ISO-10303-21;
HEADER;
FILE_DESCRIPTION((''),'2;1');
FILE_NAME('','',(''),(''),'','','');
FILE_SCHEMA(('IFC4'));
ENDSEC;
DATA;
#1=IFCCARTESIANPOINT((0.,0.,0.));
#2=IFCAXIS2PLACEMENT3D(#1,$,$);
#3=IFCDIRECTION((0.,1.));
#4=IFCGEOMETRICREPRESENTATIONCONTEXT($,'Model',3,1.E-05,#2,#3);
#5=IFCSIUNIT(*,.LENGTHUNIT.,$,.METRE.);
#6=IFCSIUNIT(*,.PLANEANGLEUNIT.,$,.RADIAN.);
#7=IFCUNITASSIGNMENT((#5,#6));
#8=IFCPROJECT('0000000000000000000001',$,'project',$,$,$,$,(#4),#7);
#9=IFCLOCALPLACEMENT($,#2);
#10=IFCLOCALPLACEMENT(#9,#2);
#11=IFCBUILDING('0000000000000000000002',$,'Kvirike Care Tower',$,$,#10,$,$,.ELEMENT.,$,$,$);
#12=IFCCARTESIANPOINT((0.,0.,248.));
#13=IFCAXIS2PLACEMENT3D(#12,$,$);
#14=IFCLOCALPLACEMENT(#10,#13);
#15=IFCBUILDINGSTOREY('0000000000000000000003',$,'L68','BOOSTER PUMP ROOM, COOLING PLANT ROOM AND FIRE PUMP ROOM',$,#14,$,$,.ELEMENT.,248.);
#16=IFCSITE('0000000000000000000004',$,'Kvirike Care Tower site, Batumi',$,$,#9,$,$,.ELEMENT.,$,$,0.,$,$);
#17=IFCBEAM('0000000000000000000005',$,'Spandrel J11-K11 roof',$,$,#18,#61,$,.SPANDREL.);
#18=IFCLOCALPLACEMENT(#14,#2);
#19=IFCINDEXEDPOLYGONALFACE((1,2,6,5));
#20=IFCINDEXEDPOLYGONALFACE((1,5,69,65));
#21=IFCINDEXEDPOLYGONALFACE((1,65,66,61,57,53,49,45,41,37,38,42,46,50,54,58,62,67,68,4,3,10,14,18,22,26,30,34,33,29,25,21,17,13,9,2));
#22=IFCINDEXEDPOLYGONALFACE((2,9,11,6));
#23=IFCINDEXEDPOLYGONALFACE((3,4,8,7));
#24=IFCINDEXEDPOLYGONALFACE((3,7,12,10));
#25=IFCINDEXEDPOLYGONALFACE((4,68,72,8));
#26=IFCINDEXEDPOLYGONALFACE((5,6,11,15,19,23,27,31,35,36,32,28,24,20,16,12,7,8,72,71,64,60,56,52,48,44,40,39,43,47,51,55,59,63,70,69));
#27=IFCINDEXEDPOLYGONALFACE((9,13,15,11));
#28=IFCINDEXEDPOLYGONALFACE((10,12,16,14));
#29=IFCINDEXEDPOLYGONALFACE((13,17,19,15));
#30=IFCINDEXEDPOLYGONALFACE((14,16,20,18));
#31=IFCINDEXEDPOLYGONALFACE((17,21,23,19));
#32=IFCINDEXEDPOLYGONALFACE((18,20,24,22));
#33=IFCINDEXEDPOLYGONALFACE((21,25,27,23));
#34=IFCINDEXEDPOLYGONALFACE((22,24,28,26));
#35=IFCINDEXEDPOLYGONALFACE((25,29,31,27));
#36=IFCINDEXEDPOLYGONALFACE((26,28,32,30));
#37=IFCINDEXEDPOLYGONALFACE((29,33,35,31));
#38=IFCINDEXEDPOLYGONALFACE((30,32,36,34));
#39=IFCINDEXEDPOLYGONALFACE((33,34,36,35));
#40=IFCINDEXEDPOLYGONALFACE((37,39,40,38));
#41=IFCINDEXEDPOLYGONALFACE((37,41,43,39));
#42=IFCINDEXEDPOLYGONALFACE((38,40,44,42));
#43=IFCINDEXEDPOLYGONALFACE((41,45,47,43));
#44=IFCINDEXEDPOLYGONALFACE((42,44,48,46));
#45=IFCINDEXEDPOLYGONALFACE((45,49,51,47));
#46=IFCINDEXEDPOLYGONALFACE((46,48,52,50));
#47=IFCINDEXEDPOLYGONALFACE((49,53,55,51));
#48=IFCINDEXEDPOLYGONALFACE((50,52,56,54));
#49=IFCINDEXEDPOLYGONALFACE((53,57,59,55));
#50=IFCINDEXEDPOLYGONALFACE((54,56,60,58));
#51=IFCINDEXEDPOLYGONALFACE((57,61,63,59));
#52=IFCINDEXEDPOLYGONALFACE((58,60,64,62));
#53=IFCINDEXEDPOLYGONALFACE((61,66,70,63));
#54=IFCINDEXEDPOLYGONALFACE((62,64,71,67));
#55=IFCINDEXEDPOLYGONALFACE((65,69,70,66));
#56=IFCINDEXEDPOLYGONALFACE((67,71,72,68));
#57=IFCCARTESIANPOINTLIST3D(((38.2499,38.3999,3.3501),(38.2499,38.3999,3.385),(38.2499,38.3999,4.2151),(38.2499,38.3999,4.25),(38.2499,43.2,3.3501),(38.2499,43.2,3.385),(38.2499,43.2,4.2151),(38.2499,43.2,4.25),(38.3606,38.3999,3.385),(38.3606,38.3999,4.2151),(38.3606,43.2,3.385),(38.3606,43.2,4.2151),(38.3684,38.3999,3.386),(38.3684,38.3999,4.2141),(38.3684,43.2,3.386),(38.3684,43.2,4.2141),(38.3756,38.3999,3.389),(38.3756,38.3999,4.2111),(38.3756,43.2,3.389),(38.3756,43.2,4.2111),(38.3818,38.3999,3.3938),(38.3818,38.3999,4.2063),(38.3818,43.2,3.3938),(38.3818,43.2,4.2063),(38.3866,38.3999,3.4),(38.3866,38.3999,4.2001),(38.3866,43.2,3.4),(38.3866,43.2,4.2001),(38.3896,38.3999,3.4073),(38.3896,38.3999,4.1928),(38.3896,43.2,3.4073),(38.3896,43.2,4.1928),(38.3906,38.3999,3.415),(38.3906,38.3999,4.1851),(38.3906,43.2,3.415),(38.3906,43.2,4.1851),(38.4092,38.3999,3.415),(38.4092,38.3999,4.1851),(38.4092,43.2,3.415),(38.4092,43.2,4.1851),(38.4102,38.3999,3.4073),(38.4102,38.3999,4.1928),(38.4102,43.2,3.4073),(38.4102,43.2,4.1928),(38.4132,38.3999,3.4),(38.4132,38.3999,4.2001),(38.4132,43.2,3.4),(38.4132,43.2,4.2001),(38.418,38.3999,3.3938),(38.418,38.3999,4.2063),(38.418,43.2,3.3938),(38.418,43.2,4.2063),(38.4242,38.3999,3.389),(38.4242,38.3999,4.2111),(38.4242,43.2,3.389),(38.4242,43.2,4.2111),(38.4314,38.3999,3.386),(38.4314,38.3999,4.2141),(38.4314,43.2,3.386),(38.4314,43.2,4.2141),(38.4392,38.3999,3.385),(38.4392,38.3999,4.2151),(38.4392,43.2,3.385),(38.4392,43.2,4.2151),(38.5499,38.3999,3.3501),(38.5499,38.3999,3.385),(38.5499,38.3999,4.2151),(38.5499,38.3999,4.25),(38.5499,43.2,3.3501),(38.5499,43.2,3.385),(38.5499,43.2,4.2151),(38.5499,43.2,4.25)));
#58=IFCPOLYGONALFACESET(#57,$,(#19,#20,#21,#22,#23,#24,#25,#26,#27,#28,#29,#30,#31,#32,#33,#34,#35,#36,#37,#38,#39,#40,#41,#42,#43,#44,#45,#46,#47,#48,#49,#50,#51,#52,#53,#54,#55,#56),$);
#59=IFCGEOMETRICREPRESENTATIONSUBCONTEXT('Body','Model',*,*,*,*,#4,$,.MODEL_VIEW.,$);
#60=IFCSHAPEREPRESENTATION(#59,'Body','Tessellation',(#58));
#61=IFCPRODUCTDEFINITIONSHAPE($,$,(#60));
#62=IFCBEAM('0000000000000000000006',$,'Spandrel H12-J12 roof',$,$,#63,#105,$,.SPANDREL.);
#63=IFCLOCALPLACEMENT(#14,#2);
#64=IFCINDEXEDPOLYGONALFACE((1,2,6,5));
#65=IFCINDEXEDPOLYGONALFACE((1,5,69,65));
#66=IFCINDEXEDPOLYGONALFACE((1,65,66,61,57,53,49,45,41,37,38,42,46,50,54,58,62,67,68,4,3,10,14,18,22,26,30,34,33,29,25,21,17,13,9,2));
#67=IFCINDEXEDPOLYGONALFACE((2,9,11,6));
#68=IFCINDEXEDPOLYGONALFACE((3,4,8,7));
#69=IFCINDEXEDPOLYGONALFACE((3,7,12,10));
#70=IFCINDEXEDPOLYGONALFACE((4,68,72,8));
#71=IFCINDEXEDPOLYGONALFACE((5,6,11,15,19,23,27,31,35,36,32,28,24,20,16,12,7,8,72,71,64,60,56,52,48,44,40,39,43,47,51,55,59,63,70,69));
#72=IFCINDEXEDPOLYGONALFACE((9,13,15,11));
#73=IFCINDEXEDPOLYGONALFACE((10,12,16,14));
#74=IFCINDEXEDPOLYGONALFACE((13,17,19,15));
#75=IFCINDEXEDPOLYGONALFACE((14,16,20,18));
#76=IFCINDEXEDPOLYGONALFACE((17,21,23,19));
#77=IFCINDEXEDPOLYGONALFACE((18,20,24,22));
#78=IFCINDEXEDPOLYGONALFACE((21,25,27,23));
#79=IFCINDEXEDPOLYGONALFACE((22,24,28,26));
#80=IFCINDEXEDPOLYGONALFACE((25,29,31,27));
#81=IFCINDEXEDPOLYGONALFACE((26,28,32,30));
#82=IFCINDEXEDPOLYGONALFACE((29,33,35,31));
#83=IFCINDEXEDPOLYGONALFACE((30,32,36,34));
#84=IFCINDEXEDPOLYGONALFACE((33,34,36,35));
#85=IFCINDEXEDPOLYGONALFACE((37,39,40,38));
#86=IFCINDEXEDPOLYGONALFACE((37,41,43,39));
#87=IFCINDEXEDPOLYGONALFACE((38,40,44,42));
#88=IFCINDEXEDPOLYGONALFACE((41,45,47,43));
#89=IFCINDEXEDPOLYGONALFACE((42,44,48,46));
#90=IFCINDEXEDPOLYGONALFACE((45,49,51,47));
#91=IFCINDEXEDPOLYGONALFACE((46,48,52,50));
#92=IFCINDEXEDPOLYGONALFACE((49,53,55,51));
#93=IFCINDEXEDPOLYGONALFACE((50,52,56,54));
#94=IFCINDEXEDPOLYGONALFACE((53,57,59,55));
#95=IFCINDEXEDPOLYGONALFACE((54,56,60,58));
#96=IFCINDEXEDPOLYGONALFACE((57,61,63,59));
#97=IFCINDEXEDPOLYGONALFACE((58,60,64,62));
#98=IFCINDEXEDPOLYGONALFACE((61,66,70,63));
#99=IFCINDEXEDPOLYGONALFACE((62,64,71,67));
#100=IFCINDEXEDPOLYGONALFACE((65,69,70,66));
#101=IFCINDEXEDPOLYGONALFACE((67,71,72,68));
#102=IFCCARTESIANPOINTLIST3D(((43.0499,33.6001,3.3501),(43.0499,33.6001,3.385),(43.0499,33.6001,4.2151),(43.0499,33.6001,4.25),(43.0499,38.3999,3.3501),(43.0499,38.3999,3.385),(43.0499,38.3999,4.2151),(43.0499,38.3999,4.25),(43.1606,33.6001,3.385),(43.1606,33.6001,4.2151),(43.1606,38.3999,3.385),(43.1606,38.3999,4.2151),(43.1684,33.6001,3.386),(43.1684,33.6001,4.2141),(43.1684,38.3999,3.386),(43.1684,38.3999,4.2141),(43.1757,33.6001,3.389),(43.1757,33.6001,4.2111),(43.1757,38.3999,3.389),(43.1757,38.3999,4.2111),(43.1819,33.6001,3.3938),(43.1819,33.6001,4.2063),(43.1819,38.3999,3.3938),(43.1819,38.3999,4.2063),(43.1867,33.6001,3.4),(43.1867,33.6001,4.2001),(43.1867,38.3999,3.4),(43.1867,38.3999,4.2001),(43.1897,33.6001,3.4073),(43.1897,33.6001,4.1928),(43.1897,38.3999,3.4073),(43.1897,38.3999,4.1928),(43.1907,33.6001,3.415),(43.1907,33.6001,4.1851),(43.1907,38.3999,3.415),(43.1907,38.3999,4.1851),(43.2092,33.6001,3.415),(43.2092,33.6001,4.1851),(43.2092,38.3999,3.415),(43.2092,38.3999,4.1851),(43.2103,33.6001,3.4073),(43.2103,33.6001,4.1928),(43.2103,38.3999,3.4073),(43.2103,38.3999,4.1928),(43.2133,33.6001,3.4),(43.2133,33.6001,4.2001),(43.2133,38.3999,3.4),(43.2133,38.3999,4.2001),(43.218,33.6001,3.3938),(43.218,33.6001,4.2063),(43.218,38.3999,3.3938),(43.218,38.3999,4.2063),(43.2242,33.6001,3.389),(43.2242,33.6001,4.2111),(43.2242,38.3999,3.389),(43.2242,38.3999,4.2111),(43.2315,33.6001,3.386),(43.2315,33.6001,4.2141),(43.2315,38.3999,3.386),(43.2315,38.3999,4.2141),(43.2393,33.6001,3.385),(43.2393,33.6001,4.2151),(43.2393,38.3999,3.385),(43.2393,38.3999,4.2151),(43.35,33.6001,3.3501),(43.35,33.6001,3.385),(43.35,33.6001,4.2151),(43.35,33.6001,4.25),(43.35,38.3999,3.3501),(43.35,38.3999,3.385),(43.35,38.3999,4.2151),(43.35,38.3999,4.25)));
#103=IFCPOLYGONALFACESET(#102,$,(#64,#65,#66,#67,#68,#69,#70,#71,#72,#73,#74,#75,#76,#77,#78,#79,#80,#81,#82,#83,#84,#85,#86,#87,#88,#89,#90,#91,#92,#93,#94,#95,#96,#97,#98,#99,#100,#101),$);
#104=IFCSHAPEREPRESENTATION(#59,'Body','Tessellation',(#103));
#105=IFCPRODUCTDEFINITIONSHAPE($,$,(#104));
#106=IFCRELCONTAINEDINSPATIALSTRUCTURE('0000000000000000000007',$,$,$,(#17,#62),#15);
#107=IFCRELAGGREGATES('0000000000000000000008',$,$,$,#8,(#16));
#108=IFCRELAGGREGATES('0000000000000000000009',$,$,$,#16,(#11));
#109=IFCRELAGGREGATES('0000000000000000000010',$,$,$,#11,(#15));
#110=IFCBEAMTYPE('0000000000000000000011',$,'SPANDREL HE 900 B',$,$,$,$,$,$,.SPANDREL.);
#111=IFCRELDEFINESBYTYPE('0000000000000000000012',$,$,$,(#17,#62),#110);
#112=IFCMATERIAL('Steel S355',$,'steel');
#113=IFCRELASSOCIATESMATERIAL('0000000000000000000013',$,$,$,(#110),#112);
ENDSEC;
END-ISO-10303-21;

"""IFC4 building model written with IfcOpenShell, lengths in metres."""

from ifc_helpers import new_model, si_unit, direction, frame, origin, origin_2d, place, context, subcontext, project, spatial, i_section, extrude, material, material_profile, profile_set, type_object, element, save


model = new_model("IFC4")

# Units and contexts
model_context = context("Model", 3, precision=1e-05, world=origin(), true_north=direction((0.0, 1.0)))
body_context = subcontext(model_context, "Body", "Model", "MODEL_VIEW")
ifc_project = project(units=[si_unit("LENGTHUNIT", "METRE"), si_unit("PLANEANGLEUNIT", "RADIAN")], contexts=[model_context])

# Site, building, storey
site_placement = place(None, origin())
site = spatial("IfcSite", under=ifc_project, at=site_placement, Name="Kvirike Care Tower site, Batumi", CompositionType="ELEMENT", RefElevation=0.0)
building_placement = place(site_placement, origin())
building = spatial("IfcBuilding", under=site, at=building_placement, Name="Kvirike Care Tower", CompositionType="ELEMENT")
storey_placement = place(building_placement, frame((0.0, 0.0, 248.0)))
storey = spatial("IfcBuildingStorey", under=building, at=storey_placement, Name="L68", Description="BOOSTER PUMP ROOM, COOLING PLANT ROOM AND FIRE PUMP ROOM", CompositionType="ELEMENT", Elevation=248.0)

# Beams
ifc_material_1 = material(Name="Steel S355", Category="steel")
ifc_material_profile_1 = material_profile(ifc_material_1, i_section(OverallWidth=0.3, OverallDepth=0.8999, WebThickness=0.0186, FlangeThickness=0.0349, FilletRadius=0.03, at=origin_2d()), Name="HE 900 B")
ifc_profile_set_1 = profile_set([ifc_material_profile_1], Name="Steel S355")
beam_type_1 = type_object("IfcBeamType", Name="SPANDREL HE 900 B", PredefinedType="SPANDREL", material=ifc_profile_set_1)
for number, where, z_axis, x_axis, name in (
    (1, (38.3999, 38.3999, 3.8), (0.0, 1.0, 0.0), (-1.0, 0.0, 0.0), "Spandrel J11-K11 roof"),
):
    element("IfcBeam", number, at=place(storey_placement, frame(where, z_axis=z_axis, x_axis=x_axis)), inside=storey, type_object=beam_type_1, Name=name, PredefinedType="SPANDREL", context=body_context, shape_type="SweptSolid", body=[
        extrude(i_section(OverallWidth=0.3, OverallDepth=0.8999, WebThickness=0.0186, FlangeThickness=0.0349, FilletRadius=0.03, at=origin_2d()), origin(), (0.0, 0.0, 1.0), 4.8),
    ])
beam_1_placement = place(storey_placement, frame((43.2, 33.6001, 3.8), z_axis=(0.0, 1.0, 0.0), x_axis=(-1.0, 0.0, 0.0)))
element("IfcBeam", 2, at=beam_1_placement, inside=storey, type_object=beam_type_1, Name="Spandrel H12-J12 roof", PredefinedType="SPANDREL", context=body_context, shape_type="SweptSolid", body=[
    extrude(i_section(OverallWidth=0.3, OverallDepth=0.8999, WebThickness=0.0186, FlangeThickness=0.0349, FilletRadius=0.03, at=origin_2d()), origin(), (0.0, 0.0, 1.0), 4.7998),
])

save(model, "model.ifc")
